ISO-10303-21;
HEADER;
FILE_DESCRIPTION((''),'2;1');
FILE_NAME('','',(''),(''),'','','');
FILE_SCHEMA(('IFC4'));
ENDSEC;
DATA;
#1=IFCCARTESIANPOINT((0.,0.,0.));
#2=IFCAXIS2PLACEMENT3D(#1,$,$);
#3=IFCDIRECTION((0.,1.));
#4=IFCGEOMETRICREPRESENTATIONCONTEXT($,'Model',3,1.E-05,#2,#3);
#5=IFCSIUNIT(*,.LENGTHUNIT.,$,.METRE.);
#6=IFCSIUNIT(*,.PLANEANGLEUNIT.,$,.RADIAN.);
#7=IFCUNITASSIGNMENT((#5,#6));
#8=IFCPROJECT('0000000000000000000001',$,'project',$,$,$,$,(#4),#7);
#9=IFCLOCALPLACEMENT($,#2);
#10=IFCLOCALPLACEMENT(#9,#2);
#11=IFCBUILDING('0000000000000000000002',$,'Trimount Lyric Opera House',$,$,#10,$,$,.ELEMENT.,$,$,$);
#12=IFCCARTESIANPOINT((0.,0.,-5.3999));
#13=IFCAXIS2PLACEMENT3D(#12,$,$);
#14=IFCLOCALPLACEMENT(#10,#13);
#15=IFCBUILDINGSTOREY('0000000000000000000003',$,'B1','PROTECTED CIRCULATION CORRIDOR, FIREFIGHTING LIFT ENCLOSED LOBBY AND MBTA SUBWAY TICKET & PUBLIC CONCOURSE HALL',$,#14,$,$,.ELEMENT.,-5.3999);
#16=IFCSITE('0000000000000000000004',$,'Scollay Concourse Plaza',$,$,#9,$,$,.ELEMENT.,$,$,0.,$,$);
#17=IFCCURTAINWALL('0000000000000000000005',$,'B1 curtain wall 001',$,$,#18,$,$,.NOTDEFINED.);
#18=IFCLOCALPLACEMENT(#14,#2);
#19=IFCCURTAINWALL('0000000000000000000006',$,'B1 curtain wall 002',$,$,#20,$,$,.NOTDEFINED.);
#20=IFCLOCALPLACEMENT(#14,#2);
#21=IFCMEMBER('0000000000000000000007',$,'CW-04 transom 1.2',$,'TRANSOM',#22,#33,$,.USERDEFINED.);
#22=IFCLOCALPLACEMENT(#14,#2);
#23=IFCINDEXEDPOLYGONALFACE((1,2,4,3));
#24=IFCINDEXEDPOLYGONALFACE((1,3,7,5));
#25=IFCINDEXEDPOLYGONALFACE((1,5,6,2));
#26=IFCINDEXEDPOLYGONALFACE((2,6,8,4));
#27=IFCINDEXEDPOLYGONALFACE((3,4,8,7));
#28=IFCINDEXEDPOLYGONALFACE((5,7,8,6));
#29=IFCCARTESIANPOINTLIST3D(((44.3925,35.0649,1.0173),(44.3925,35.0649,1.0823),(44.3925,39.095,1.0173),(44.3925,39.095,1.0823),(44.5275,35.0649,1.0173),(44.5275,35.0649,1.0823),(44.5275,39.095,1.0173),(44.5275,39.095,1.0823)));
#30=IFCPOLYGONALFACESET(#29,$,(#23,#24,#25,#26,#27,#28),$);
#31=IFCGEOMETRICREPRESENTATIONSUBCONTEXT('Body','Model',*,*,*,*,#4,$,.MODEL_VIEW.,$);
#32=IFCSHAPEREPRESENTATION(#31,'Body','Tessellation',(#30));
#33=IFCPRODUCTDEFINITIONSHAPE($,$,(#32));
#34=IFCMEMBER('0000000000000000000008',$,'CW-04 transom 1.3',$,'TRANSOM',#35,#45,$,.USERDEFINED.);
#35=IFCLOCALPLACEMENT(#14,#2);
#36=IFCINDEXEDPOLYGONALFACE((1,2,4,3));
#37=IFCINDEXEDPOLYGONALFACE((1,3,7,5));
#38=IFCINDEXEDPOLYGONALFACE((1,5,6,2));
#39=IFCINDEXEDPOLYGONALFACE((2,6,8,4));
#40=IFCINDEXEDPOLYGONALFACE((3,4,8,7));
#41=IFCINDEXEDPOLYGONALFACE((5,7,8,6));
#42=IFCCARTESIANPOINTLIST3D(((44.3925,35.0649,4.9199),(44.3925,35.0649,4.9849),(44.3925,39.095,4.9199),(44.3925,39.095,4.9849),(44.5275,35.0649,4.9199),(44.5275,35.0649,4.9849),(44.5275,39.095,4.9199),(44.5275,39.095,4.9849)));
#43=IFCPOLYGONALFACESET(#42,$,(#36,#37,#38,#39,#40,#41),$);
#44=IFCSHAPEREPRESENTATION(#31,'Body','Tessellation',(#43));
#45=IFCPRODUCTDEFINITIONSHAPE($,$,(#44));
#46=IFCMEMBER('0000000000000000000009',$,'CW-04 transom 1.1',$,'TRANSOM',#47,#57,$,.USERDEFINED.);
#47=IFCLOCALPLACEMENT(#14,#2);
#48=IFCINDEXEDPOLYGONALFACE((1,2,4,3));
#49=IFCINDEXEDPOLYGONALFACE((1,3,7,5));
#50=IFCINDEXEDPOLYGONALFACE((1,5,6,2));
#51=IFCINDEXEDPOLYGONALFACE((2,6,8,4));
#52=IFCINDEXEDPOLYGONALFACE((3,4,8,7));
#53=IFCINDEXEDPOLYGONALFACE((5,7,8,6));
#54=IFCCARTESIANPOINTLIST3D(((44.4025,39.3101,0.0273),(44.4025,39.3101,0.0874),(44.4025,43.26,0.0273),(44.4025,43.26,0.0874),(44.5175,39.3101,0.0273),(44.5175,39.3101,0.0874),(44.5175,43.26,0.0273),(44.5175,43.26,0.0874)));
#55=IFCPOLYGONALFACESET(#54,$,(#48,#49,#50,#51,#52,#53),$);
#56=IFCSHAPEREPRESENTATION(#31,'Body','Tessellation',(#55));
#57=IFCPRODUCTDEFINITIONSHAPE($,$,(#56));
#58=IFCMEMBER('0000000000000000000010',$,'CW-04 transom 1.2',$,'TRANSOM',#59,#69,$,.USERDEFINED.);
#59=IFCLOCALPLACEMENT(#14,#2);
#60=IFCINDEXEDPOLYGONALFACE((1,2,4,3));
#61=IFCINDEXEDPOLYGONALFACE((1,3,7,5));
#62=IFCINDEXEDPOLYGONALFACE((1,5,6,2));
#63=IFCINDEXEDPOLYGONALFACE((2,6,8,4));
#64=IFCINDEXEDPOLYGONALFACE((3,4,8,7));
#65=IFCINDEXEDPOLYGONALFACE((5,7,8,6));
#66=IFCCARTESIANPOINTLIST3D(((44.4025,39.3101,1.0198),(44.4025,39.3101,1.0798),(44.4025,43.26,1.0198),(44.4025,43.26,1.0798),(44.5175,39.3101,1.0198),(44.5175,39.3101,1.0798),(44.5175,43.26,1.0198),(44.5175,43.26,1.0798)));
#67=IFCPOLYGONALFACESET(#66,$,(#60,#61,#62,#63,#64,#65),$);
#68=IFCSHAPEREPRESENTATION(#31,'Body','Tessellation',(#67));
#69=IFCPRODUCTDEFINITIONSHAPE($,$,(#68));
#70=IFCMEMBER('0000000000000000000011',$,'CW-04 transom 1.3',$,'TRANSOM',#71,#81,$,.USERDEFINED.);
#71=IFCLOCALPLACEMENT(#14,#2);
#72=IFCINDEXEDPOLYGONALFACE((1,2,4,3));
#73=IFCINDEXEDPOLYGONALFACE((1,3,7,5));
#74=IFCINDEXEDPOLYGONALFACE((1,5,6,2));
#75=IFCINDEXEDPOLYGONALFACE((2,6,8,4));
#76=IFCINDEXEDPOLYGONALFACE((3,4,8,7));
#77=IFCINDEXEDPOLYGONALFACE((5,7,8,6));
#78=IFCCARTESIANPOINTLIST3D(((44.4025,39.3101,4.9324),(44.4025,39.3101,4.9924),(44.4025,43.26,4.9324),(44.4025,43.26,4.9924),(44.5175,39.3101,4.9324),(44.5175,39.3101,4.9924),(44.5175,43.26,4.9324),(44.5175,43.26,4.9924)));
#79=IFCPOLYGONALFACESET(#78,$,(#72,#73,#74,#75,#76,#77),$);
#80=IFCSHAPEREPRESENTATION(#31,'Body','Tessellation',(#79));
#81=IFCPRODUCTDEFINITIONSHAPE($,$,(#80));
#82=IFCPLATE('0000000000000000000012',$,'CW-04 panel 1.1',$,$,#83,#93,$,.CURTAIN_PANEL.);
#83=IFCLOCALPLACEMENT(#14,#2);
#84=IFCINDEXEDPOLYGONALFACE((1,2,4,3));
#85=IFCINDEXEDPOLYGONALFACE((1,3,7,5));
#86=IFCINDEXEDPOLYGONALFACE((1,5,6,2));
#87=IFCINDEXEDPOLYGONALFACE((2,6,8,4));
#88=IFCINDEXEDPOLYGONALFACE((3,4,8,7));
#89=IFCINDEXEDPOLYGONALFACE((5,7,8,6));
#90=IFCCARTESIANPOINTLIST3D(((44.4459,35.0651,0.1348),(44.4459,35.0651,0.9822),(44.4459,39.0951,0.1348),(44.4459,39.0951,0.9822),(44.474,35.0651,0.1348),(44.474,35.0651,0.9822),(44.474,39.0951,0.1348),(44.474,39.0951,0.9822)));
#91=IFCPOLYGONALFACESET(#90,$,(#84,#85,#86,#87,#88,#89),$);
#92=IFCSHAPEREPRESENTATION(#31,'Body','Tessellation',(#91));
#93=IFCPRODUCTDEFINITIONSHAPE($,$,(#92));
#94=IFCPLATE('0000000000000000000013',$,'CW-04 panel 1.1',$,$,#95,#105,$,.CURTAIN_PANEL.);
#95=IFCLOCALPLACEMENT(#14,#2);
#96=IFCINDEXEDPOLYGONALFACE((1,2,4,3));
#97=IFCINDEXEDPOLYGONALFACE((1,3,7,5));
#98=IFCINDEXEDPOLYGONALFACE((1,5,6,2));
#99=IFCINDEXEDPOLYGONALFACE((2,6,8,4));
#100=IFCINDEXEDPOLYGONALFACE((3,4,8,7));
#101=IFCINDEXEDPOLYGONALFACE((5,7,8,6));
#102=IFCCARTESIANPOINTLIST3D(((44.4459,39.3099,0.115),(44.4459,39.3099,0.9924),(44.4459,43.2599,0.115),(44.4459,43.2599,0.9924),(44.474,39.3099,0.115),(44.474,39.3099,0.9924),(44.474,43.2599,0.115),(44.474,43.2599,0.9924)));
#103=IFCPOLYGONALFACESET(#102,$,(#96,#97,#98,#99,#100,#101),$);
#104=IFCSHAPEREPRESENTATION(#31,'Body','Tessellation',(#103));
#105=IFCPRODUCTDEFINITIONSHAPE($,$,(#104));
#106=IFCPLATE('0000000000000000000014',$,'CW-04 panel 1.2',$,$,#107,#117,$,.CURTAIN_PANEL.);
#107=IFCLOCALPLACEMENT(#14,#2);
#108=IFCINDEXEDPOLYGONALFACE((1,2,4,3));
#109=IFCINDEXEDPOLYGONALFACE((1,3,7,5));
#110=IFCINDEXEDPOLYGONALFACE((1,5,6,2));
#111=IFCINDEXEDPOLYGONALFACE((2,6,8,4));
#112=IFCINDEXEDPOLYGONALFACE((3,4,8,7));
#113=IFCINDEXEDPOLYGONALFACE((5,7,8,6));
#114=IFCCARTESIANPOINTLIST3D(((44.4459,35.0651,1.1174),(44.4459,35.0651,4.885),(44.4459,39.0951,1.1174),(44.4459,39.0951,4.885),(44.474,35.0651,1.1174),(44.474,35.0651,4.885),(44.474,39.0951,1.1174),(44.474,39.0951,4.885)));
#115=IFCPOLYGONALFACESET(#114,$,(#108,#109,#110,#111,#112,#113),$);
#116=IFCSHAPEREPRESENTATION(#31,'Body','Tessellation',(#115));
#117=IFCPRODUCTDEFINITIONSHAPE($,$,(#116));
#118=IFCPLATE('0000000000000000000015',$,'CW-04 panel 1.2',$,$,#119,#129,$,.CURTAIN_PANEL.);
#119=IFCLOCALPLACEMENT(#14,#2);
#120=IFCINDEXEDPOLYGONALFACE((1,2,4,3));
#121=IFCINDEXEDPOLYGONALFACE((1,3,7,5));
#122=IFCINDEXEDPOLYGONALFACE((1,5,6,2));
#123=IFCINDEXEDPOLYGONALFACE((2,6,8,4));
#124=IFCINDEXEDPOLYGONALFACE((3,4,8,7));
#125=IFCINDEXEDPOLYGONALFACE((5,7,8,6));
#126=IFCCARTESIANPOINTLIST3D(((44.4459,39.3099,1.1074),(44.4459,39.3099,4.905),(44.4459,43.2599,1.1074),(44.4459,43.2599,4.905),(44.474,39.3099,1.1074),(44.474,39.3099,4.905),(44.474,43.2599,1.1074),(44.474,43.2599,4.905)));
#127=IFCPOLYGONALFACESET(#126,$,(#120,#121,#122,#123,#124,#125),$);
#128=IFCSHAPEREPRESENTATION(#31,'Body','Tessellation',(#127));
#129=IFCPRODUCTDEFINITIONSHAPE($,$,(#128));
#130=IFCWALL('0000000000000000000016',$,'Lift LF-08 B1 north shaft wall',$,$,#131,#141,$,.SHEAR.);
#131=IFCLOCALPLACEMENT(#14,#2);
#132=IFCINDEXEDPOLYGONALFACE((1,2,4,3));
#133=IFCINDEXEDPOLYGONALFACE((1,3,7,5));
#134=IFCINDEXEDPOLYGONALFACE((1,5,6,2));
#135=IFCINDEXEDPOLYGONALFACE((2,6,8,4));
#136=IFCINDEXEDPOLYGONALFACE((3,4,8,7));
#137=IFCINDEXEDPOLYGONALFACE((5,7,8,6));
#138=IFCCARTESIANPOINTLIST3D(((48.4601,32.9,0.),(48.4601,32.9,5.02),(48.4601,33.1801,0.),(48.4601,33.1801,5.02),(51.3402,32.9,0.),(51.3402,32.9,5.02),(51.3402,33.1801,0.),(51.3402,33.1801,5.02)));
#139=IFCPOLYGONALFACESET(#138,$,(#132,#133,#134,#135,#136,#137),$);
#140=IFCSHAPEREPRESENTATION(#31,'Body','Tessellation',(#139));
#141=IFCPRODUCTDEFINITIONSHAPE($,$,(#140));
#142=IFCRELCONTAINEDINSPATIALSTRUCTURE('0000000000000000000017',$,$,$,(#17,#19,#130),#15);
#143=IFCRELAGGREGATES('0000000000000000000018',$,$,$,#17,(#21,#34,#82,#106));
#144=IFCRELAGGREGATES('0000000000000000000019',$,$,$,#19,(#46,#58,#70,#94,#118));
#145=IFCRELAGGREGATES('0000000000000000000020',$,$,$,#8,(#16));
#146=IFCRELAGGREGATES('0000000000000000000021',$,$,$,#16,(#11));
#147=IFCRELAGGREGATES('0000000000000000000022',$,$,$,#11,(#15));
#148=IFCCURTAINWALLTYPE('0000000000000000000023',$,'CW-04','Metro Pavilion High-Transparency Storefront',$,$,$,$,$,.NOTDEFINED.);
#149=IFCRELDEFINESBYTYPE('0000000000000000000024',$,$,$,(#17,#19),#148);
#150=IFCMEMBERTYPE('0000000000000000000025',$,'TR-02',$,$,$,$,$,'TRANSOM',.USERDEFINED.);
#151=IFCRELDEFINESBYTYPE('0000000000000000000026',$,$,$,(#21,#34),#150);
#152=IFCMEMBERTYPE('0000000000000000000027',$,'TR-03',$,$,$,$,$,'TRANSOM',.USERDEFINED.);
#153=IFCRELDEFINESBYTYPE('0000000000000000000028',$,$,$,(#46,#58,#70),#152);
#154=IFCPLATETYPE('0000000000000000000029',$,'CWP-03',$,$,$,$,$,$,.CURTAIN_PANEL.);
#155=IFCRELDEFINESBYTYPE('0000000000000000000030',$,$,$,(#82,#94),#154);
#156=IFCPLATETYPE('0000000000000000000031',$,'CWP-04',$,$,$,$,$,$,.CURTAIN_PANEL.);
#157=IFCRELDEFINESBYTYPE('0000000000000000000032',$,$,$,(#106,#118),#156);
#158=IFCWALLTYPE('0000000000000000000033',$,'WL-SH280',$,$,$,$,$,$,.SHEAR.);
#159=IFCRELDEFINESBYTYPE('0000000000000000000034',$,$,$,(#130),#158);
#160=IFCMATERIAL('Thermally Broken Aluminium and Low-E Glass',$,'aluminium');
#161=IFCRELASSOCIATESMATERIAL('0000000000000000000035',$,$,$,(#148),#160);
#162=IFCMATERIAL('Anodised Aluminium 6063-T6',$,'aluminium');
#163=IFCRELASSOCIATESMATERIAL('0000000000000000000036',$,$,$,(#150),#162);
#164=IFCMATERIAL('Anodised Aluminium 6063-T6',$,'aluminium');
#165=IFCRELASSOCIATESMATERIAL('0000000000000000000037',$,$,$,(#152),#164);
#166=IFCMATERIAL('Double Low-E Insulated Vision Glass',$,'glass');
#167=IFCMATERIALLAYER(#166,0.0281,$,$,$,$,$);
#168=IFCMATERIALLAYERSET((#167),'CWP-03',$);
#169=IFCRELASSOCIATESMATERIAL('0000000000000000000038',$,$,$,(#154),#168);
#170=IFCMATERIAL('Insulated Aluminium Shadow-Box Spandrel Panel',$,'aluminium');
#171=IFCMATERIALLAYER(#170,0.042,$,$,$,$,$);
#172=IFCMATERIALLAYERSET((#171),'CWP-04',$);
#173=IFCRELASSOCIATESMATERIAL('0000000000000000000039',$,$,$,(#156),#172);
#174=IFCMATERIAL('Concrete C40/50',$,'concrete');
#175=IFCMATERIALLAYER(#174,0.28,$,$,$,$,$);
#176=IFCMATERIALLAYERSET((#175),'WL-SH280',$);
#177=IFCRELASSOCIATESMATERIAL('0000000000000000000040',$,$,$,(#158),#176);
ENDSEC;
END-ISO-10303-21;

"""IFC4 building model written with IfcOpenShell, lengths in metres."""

from ifc_helpers import new_model, si_unit, direction, frame, frame_2d, origin, origin_2d, place, context, subcontext, project, spatial, rectangle, extrude, material, layer, layer_set, material_profile, profile_set, type_object, element, aggregate, save


model = new_model("IFC4")

# Units and contexts
model_context = context("Model", 3, precision=1e-05, world=origin(), true_north=direction((0.0, 1.0)))
body_context = subcontext(model_context, "Body", "Model", "MODEL_VIEW")
ifc_project = project(units=[si_unit("LENGTHUNIT", "METRE"), si_unit("PLANEANGLEUNIT", "RADIAN")], contexts=[model_context])

# Site, building, storey
site_placement = place(None, origin())
site = spatial("IfcSite", under=ifc_project, at=site_placement, Name="Scollay Concourse Plaza", CompositionType="ELEMENT", RefElevation=0.0)
building_placement = place(site_placement, origin())
building = spatial("IfcBuilding", under=site, at=building_placement, Name="Trimount Lyric Opera House", CompositionType="ELEMENT")
storey_placement = place(building_placement, frame((0.0, 0.0, -5.3999)))
storey = spatial("IfcBuildingStorey", under=building, at=storey_placement, Name="B1", Description="PROTECTED CIRCULATION CORRIDOR, FIREFIGHTING LIFT ENCLOSED LOBBY AND MBTA SUBWAY TICKET & PUBLIC CONCOURSE HALL", CompositionType="ELEMENT", Elevation=-5.3999)

# Curtain walls
ifc_material_1 = material(Name="Thermally Broken Aluminium and Low-E Glass", Category="aluminium")
curtain_wall_type = type_object("IfcCurtainWallType", Name="CW-04", Description="Metro Pavilion High-Transparency Storefront", PredefinedType="NOTDEFINED", material=ifc_material_1)
curtain_wall_1_placement = place(storey_placement, origin())
curtain_wall_1 = element("IfcCurtainWall", 1, at=curtain_wall_1_placement, inside=storey, type_object=curtain_wall_type, Name="B1 curtain wall 001", PredefinedType="NOTDEFINED")
curtain_wall_2_placement = place(storey_placement, origin())
curtain_wall_2 = element("IfcCurtainWall", 2, at=curtain_wall_2_placement, inside=storey, type_object=curtain_wall_type, Name="B1 curtain wall 002", PredefinedType="NOTDEFINED")

# Members
ifc_material_2 = material(Name="Anodised Aluminium 6063-T6", Category="aluminium")
ifc_material_profile_1 = material_profile(ifc_material_2, rectangle(XDim=0.135, YDim=0.0649, at=origin_2d()), Name="ALU-TRAN-65X135")
ifc_profile_set_1 = profile_set([ifc_material_profile_1], Name="Anodised Aluminium 6063-T6")
member_type_1 = type_object("IfcMemberType", Name="TR-02", ElementType="TRANSOM", PredefinedType="USERDEFINED", material=ifc_profile_set_1)
member_1_placement = place(storey_placement, frame((44.46, 35.0649, 1.0498), z_axis=(0.0, 1.0, 0.0), x_axis=(-1.0, 0.0, 0.0)))
member_1 = element("IfcMember", 3, at=member_1_placement, type_object=member_type_1, Name="CW-04 transom 1.2", ObjectType="TRANSOM", PredefinedType="USERDEFINED", context=body_context, shape_type="SweptSolid", body=[
    extrude(rectangle(XDim=0.135, YDim=0.0649, at=origin_2d()), origin(), (0.0, 0.0, 1.0), 4.03),
])
member_2_placement = place(storey_placement, frame((44.46, 35.0649, 4.9524), z_axis=(0.0, 1.0, 0.0), x_axis=(-1.0, 0.0, 0.0)))
member_2 = element("IfcMember", 4, at=member_2_placement, type_object=member_type_1, Name="CW-04 transom 1.3", ObjectType="TRANSOM", PredefinedType="USERDEFINED", context=body_context, shape_type="SweptSolid", body=[
    extrude(rectangle(XDim=0.135, YDim=0.0649, at=origin_2d()), origin(), (0.0, 0.0, 1.0), 4.03),
])
ifc_material_3 = material(Name="Anodised Aluminium 6063-T6", Category="aluminium")
ifc_material_profile_2 = material_profile(ifc_material_3, rectangle(XDim=0.115, YDim=0.0601, at=origin_2d()), Name="ALU-TRAN-60X115")
ifc_profile_set_2 = profile_set([ifc_material_profile_2], Name="Anodised Aluminium 6063-T6")
member_type_2 = type_object("IfcMemberType", Name="TR-03", ElementType="TRANSOM", PredefinedType="USERDEFINED", material=ifc_profile_set_2)
member_3_placement = place(storey_placement, frame((44.46, 39.3101, 0.0574), z_axis=(0.0, 1.0, 0.0), x_axis=(-1.0, 0.0, 0.0)))
member_3 = element("IfcMember", 5, at=member_3_placement, type_object=member_type_2, Name="CW-04 transom 1.1", ObjectType="TRANSOM", PredefinedType="USERDEFINED", context=body_context, shape_type="SweptSolid", body=[
    extrude(rectangle(XDim=0.115, YDim=0.0601, at=origin_2d()), origin(), (0.0, 0.0, 1.0), 3.95),
])
member_4_placement = place(storey_placement, frame((44.46, 39.3101, 1.0498), z_axis=(0.0, 1.0, 0.0), x_axis=(-1.0, 0.0, 0.0)))
member_4 = element("IfcMember", 6, at=member_4_placement, type_object=member_type_2, Name="CW-04 transom 1.2", ObjectType="TRANSOM", PredefinedType="USERDEFINED", context=body_context, shape_type="SweptSolid", body=[
    extrude(rectangle(XDim=0.115, YDim=0.0601, at=origin_2d()), origin(), (0.0, 0.0, 1.0), 3.95),
])
member_5_placement = place(storey_placement, frame((44.46, 39.3101, 4.9624), z_axis=(0.0, 1.0, 0.0), x_axis=(-1.0, 0.0, 0.0)))
member_5 = element("IfcMember", 7, at=member_5_placement, type_object=member_type_2, Name="CW-04 transom 1.3", ObjectType="TRANSOM", PredefinedType="USERDEFINED", context=body_context, shape_type="SweptSolid", body=[
    extrude(rectangle(XDim=0.115, YDim=0.0601, at=origin_2d()), origin(), (0.0, 0.0, 1.0), 3.95),
])

# Plates
ifc_material_4 = material(Name="Double Low-E Insulated Vision Glass", Category="glass")
ifc_layer_1 = layer(ifc_material_4, 0.0281)
ifc_layer_set_1 = layer_set([ifc_layer_1], Name="CWP-03")
plate_type_1 = type_object("IfcPlateType", Name="CWP-03", PredefinedType="CURTAIN_PANEL", material=ifc_layer_set_1)
plate_1_placement = place(storey_placement, frame((44.46, 37.0801, 0.1348), z_axis=(0.0, 0.0, 1.0), x_axis=(0.0, 1.0, 0.0)))
plate_1 = element("IfcPlate", 8, at=plate_1_placement, type_object=plate_type_1, Name="CW-04 panel 1.1", PredefinedType="CURTAIN_PANEL", context=body_context, shape_type="SweptSolid", body=[
    extrude(rectangle(XDim=4.03, YDim=0.0281, at=origin_2d()), origin(), (0.0, 0.0, 1.0), 0.8474),
])
plate_2_placement = place(storey_placement, frame((44.46, 41.2849, 0.115), z_axis=(0.0, 0.0, 1.0), x_axis=(0.0, 1.0, 0.0)))
plate_2 = element("IfcPlate", 9, at=plate_2_placement, type_object=plate_type_1, Name="CW-04 panel 1.1", PredefinedType="CURTAIN_PANEL", context=body_context, shape_type="SweptSolid", body=[
    extrude(rectangle(XDim=3.95, YDim=0.0281, at=origin_2d()), origin(), (0.0, 0.0, 1.0), 0.8774),
])
ifc_material_5 = material(Name="Insulated Aluminium Shadow-Box Spandrel Panel", Category="aluminium")
ifc_layer_2 = layer(ifc_material_5, 0.042)
ifc_layer_set_2 = layer_set([ifc_layer_2], Name="CWP-04")
plate_type_2 = type_object("IfcPlateType", Name="CWP-04", PredefinedType="CURTAIN_PANEL", material=ifc_layer_set_2)
plate_3_placement = place(storey_placement, frame((44.46, 37.0801, 1.1174), z_axis=(0.0, 0.0, 1.0), x_axis=(0.0, 1.0, 0.0)))
plate_3 = element("IfcPlate", 10, at=plate_3_placement, type_object=plate_type_2, Name="CW-04 panel 1.2", PredefinedType="CURTAIN_PANEL", context=body_context, shape_type="SweptSolid", body=[
    extrude(rectangle(XDim=4.03, YDim=0.0281, at=origin_2d()), origin(), (0.0, 0.0, 1.0), 3.7676),
])
aggregate(curtain_wall_1, [member_1, member_2, plate_1, plate_3])
plate_4_placement = place(storey_placement, frame((44.46, 41.2849, 1.1074), z_axis=(0.0, 0.0, 1.0), x_axis=(0.0, 1.0, 0.0)))
plate_4 = element("IfcPlate", 11, at=plate_4_placement, type_object=plate_type_2, Name="CW-04 panel 1.2", PredefinedType="CURTAIN_PANEL", context=body_context, shape_type="SweptSolid", body=[
    extrude(rectangle(XDim=3.95, YDim=0.0281, at=origin_2d()), origin(), (0.0, 0.0, 1.0), 3.7976),
])
aggregate(curtain_wall_2, [member_3, member_4, member_5, plate_2, plate_4])

# Wall
ifc_material_6 = material(Name="Concrete C40/50", Category="concrete")
ifc_layer_3 = layer(ifc_material_6, 0.28)
ifc_layer_set_3 = layer_set([ifc_layer_3], Name="WL-SH280")
wall_type = type_object("IfcWallType", Name="WL-SH280", PredefinedType="SHEAR", material=ifc_layer_set_3)
wall_placement = place(storey_placement, frame((51.3401, 33.04, 0.0), z_axis=(0.0, 0.0, 1.0), x_axis=(-1.0, 0.0, 0.0)))
element("IfcWall", 12, at=wall_placement, inside=storey, type_object=wall_type, Name="Lift LF-08 B1 north shaft wall", PredefinedType="SHEAR", context=body_context, shape_type="SweptSolid", body=[
    extrude(rectangle(XDim=2.8801, YDim=0.28, at=frame_2d((1.4399, 0.0))), origin(), (0.0, 0.0, 1.0), 5.02),
])

save(model, "model.ifc")
